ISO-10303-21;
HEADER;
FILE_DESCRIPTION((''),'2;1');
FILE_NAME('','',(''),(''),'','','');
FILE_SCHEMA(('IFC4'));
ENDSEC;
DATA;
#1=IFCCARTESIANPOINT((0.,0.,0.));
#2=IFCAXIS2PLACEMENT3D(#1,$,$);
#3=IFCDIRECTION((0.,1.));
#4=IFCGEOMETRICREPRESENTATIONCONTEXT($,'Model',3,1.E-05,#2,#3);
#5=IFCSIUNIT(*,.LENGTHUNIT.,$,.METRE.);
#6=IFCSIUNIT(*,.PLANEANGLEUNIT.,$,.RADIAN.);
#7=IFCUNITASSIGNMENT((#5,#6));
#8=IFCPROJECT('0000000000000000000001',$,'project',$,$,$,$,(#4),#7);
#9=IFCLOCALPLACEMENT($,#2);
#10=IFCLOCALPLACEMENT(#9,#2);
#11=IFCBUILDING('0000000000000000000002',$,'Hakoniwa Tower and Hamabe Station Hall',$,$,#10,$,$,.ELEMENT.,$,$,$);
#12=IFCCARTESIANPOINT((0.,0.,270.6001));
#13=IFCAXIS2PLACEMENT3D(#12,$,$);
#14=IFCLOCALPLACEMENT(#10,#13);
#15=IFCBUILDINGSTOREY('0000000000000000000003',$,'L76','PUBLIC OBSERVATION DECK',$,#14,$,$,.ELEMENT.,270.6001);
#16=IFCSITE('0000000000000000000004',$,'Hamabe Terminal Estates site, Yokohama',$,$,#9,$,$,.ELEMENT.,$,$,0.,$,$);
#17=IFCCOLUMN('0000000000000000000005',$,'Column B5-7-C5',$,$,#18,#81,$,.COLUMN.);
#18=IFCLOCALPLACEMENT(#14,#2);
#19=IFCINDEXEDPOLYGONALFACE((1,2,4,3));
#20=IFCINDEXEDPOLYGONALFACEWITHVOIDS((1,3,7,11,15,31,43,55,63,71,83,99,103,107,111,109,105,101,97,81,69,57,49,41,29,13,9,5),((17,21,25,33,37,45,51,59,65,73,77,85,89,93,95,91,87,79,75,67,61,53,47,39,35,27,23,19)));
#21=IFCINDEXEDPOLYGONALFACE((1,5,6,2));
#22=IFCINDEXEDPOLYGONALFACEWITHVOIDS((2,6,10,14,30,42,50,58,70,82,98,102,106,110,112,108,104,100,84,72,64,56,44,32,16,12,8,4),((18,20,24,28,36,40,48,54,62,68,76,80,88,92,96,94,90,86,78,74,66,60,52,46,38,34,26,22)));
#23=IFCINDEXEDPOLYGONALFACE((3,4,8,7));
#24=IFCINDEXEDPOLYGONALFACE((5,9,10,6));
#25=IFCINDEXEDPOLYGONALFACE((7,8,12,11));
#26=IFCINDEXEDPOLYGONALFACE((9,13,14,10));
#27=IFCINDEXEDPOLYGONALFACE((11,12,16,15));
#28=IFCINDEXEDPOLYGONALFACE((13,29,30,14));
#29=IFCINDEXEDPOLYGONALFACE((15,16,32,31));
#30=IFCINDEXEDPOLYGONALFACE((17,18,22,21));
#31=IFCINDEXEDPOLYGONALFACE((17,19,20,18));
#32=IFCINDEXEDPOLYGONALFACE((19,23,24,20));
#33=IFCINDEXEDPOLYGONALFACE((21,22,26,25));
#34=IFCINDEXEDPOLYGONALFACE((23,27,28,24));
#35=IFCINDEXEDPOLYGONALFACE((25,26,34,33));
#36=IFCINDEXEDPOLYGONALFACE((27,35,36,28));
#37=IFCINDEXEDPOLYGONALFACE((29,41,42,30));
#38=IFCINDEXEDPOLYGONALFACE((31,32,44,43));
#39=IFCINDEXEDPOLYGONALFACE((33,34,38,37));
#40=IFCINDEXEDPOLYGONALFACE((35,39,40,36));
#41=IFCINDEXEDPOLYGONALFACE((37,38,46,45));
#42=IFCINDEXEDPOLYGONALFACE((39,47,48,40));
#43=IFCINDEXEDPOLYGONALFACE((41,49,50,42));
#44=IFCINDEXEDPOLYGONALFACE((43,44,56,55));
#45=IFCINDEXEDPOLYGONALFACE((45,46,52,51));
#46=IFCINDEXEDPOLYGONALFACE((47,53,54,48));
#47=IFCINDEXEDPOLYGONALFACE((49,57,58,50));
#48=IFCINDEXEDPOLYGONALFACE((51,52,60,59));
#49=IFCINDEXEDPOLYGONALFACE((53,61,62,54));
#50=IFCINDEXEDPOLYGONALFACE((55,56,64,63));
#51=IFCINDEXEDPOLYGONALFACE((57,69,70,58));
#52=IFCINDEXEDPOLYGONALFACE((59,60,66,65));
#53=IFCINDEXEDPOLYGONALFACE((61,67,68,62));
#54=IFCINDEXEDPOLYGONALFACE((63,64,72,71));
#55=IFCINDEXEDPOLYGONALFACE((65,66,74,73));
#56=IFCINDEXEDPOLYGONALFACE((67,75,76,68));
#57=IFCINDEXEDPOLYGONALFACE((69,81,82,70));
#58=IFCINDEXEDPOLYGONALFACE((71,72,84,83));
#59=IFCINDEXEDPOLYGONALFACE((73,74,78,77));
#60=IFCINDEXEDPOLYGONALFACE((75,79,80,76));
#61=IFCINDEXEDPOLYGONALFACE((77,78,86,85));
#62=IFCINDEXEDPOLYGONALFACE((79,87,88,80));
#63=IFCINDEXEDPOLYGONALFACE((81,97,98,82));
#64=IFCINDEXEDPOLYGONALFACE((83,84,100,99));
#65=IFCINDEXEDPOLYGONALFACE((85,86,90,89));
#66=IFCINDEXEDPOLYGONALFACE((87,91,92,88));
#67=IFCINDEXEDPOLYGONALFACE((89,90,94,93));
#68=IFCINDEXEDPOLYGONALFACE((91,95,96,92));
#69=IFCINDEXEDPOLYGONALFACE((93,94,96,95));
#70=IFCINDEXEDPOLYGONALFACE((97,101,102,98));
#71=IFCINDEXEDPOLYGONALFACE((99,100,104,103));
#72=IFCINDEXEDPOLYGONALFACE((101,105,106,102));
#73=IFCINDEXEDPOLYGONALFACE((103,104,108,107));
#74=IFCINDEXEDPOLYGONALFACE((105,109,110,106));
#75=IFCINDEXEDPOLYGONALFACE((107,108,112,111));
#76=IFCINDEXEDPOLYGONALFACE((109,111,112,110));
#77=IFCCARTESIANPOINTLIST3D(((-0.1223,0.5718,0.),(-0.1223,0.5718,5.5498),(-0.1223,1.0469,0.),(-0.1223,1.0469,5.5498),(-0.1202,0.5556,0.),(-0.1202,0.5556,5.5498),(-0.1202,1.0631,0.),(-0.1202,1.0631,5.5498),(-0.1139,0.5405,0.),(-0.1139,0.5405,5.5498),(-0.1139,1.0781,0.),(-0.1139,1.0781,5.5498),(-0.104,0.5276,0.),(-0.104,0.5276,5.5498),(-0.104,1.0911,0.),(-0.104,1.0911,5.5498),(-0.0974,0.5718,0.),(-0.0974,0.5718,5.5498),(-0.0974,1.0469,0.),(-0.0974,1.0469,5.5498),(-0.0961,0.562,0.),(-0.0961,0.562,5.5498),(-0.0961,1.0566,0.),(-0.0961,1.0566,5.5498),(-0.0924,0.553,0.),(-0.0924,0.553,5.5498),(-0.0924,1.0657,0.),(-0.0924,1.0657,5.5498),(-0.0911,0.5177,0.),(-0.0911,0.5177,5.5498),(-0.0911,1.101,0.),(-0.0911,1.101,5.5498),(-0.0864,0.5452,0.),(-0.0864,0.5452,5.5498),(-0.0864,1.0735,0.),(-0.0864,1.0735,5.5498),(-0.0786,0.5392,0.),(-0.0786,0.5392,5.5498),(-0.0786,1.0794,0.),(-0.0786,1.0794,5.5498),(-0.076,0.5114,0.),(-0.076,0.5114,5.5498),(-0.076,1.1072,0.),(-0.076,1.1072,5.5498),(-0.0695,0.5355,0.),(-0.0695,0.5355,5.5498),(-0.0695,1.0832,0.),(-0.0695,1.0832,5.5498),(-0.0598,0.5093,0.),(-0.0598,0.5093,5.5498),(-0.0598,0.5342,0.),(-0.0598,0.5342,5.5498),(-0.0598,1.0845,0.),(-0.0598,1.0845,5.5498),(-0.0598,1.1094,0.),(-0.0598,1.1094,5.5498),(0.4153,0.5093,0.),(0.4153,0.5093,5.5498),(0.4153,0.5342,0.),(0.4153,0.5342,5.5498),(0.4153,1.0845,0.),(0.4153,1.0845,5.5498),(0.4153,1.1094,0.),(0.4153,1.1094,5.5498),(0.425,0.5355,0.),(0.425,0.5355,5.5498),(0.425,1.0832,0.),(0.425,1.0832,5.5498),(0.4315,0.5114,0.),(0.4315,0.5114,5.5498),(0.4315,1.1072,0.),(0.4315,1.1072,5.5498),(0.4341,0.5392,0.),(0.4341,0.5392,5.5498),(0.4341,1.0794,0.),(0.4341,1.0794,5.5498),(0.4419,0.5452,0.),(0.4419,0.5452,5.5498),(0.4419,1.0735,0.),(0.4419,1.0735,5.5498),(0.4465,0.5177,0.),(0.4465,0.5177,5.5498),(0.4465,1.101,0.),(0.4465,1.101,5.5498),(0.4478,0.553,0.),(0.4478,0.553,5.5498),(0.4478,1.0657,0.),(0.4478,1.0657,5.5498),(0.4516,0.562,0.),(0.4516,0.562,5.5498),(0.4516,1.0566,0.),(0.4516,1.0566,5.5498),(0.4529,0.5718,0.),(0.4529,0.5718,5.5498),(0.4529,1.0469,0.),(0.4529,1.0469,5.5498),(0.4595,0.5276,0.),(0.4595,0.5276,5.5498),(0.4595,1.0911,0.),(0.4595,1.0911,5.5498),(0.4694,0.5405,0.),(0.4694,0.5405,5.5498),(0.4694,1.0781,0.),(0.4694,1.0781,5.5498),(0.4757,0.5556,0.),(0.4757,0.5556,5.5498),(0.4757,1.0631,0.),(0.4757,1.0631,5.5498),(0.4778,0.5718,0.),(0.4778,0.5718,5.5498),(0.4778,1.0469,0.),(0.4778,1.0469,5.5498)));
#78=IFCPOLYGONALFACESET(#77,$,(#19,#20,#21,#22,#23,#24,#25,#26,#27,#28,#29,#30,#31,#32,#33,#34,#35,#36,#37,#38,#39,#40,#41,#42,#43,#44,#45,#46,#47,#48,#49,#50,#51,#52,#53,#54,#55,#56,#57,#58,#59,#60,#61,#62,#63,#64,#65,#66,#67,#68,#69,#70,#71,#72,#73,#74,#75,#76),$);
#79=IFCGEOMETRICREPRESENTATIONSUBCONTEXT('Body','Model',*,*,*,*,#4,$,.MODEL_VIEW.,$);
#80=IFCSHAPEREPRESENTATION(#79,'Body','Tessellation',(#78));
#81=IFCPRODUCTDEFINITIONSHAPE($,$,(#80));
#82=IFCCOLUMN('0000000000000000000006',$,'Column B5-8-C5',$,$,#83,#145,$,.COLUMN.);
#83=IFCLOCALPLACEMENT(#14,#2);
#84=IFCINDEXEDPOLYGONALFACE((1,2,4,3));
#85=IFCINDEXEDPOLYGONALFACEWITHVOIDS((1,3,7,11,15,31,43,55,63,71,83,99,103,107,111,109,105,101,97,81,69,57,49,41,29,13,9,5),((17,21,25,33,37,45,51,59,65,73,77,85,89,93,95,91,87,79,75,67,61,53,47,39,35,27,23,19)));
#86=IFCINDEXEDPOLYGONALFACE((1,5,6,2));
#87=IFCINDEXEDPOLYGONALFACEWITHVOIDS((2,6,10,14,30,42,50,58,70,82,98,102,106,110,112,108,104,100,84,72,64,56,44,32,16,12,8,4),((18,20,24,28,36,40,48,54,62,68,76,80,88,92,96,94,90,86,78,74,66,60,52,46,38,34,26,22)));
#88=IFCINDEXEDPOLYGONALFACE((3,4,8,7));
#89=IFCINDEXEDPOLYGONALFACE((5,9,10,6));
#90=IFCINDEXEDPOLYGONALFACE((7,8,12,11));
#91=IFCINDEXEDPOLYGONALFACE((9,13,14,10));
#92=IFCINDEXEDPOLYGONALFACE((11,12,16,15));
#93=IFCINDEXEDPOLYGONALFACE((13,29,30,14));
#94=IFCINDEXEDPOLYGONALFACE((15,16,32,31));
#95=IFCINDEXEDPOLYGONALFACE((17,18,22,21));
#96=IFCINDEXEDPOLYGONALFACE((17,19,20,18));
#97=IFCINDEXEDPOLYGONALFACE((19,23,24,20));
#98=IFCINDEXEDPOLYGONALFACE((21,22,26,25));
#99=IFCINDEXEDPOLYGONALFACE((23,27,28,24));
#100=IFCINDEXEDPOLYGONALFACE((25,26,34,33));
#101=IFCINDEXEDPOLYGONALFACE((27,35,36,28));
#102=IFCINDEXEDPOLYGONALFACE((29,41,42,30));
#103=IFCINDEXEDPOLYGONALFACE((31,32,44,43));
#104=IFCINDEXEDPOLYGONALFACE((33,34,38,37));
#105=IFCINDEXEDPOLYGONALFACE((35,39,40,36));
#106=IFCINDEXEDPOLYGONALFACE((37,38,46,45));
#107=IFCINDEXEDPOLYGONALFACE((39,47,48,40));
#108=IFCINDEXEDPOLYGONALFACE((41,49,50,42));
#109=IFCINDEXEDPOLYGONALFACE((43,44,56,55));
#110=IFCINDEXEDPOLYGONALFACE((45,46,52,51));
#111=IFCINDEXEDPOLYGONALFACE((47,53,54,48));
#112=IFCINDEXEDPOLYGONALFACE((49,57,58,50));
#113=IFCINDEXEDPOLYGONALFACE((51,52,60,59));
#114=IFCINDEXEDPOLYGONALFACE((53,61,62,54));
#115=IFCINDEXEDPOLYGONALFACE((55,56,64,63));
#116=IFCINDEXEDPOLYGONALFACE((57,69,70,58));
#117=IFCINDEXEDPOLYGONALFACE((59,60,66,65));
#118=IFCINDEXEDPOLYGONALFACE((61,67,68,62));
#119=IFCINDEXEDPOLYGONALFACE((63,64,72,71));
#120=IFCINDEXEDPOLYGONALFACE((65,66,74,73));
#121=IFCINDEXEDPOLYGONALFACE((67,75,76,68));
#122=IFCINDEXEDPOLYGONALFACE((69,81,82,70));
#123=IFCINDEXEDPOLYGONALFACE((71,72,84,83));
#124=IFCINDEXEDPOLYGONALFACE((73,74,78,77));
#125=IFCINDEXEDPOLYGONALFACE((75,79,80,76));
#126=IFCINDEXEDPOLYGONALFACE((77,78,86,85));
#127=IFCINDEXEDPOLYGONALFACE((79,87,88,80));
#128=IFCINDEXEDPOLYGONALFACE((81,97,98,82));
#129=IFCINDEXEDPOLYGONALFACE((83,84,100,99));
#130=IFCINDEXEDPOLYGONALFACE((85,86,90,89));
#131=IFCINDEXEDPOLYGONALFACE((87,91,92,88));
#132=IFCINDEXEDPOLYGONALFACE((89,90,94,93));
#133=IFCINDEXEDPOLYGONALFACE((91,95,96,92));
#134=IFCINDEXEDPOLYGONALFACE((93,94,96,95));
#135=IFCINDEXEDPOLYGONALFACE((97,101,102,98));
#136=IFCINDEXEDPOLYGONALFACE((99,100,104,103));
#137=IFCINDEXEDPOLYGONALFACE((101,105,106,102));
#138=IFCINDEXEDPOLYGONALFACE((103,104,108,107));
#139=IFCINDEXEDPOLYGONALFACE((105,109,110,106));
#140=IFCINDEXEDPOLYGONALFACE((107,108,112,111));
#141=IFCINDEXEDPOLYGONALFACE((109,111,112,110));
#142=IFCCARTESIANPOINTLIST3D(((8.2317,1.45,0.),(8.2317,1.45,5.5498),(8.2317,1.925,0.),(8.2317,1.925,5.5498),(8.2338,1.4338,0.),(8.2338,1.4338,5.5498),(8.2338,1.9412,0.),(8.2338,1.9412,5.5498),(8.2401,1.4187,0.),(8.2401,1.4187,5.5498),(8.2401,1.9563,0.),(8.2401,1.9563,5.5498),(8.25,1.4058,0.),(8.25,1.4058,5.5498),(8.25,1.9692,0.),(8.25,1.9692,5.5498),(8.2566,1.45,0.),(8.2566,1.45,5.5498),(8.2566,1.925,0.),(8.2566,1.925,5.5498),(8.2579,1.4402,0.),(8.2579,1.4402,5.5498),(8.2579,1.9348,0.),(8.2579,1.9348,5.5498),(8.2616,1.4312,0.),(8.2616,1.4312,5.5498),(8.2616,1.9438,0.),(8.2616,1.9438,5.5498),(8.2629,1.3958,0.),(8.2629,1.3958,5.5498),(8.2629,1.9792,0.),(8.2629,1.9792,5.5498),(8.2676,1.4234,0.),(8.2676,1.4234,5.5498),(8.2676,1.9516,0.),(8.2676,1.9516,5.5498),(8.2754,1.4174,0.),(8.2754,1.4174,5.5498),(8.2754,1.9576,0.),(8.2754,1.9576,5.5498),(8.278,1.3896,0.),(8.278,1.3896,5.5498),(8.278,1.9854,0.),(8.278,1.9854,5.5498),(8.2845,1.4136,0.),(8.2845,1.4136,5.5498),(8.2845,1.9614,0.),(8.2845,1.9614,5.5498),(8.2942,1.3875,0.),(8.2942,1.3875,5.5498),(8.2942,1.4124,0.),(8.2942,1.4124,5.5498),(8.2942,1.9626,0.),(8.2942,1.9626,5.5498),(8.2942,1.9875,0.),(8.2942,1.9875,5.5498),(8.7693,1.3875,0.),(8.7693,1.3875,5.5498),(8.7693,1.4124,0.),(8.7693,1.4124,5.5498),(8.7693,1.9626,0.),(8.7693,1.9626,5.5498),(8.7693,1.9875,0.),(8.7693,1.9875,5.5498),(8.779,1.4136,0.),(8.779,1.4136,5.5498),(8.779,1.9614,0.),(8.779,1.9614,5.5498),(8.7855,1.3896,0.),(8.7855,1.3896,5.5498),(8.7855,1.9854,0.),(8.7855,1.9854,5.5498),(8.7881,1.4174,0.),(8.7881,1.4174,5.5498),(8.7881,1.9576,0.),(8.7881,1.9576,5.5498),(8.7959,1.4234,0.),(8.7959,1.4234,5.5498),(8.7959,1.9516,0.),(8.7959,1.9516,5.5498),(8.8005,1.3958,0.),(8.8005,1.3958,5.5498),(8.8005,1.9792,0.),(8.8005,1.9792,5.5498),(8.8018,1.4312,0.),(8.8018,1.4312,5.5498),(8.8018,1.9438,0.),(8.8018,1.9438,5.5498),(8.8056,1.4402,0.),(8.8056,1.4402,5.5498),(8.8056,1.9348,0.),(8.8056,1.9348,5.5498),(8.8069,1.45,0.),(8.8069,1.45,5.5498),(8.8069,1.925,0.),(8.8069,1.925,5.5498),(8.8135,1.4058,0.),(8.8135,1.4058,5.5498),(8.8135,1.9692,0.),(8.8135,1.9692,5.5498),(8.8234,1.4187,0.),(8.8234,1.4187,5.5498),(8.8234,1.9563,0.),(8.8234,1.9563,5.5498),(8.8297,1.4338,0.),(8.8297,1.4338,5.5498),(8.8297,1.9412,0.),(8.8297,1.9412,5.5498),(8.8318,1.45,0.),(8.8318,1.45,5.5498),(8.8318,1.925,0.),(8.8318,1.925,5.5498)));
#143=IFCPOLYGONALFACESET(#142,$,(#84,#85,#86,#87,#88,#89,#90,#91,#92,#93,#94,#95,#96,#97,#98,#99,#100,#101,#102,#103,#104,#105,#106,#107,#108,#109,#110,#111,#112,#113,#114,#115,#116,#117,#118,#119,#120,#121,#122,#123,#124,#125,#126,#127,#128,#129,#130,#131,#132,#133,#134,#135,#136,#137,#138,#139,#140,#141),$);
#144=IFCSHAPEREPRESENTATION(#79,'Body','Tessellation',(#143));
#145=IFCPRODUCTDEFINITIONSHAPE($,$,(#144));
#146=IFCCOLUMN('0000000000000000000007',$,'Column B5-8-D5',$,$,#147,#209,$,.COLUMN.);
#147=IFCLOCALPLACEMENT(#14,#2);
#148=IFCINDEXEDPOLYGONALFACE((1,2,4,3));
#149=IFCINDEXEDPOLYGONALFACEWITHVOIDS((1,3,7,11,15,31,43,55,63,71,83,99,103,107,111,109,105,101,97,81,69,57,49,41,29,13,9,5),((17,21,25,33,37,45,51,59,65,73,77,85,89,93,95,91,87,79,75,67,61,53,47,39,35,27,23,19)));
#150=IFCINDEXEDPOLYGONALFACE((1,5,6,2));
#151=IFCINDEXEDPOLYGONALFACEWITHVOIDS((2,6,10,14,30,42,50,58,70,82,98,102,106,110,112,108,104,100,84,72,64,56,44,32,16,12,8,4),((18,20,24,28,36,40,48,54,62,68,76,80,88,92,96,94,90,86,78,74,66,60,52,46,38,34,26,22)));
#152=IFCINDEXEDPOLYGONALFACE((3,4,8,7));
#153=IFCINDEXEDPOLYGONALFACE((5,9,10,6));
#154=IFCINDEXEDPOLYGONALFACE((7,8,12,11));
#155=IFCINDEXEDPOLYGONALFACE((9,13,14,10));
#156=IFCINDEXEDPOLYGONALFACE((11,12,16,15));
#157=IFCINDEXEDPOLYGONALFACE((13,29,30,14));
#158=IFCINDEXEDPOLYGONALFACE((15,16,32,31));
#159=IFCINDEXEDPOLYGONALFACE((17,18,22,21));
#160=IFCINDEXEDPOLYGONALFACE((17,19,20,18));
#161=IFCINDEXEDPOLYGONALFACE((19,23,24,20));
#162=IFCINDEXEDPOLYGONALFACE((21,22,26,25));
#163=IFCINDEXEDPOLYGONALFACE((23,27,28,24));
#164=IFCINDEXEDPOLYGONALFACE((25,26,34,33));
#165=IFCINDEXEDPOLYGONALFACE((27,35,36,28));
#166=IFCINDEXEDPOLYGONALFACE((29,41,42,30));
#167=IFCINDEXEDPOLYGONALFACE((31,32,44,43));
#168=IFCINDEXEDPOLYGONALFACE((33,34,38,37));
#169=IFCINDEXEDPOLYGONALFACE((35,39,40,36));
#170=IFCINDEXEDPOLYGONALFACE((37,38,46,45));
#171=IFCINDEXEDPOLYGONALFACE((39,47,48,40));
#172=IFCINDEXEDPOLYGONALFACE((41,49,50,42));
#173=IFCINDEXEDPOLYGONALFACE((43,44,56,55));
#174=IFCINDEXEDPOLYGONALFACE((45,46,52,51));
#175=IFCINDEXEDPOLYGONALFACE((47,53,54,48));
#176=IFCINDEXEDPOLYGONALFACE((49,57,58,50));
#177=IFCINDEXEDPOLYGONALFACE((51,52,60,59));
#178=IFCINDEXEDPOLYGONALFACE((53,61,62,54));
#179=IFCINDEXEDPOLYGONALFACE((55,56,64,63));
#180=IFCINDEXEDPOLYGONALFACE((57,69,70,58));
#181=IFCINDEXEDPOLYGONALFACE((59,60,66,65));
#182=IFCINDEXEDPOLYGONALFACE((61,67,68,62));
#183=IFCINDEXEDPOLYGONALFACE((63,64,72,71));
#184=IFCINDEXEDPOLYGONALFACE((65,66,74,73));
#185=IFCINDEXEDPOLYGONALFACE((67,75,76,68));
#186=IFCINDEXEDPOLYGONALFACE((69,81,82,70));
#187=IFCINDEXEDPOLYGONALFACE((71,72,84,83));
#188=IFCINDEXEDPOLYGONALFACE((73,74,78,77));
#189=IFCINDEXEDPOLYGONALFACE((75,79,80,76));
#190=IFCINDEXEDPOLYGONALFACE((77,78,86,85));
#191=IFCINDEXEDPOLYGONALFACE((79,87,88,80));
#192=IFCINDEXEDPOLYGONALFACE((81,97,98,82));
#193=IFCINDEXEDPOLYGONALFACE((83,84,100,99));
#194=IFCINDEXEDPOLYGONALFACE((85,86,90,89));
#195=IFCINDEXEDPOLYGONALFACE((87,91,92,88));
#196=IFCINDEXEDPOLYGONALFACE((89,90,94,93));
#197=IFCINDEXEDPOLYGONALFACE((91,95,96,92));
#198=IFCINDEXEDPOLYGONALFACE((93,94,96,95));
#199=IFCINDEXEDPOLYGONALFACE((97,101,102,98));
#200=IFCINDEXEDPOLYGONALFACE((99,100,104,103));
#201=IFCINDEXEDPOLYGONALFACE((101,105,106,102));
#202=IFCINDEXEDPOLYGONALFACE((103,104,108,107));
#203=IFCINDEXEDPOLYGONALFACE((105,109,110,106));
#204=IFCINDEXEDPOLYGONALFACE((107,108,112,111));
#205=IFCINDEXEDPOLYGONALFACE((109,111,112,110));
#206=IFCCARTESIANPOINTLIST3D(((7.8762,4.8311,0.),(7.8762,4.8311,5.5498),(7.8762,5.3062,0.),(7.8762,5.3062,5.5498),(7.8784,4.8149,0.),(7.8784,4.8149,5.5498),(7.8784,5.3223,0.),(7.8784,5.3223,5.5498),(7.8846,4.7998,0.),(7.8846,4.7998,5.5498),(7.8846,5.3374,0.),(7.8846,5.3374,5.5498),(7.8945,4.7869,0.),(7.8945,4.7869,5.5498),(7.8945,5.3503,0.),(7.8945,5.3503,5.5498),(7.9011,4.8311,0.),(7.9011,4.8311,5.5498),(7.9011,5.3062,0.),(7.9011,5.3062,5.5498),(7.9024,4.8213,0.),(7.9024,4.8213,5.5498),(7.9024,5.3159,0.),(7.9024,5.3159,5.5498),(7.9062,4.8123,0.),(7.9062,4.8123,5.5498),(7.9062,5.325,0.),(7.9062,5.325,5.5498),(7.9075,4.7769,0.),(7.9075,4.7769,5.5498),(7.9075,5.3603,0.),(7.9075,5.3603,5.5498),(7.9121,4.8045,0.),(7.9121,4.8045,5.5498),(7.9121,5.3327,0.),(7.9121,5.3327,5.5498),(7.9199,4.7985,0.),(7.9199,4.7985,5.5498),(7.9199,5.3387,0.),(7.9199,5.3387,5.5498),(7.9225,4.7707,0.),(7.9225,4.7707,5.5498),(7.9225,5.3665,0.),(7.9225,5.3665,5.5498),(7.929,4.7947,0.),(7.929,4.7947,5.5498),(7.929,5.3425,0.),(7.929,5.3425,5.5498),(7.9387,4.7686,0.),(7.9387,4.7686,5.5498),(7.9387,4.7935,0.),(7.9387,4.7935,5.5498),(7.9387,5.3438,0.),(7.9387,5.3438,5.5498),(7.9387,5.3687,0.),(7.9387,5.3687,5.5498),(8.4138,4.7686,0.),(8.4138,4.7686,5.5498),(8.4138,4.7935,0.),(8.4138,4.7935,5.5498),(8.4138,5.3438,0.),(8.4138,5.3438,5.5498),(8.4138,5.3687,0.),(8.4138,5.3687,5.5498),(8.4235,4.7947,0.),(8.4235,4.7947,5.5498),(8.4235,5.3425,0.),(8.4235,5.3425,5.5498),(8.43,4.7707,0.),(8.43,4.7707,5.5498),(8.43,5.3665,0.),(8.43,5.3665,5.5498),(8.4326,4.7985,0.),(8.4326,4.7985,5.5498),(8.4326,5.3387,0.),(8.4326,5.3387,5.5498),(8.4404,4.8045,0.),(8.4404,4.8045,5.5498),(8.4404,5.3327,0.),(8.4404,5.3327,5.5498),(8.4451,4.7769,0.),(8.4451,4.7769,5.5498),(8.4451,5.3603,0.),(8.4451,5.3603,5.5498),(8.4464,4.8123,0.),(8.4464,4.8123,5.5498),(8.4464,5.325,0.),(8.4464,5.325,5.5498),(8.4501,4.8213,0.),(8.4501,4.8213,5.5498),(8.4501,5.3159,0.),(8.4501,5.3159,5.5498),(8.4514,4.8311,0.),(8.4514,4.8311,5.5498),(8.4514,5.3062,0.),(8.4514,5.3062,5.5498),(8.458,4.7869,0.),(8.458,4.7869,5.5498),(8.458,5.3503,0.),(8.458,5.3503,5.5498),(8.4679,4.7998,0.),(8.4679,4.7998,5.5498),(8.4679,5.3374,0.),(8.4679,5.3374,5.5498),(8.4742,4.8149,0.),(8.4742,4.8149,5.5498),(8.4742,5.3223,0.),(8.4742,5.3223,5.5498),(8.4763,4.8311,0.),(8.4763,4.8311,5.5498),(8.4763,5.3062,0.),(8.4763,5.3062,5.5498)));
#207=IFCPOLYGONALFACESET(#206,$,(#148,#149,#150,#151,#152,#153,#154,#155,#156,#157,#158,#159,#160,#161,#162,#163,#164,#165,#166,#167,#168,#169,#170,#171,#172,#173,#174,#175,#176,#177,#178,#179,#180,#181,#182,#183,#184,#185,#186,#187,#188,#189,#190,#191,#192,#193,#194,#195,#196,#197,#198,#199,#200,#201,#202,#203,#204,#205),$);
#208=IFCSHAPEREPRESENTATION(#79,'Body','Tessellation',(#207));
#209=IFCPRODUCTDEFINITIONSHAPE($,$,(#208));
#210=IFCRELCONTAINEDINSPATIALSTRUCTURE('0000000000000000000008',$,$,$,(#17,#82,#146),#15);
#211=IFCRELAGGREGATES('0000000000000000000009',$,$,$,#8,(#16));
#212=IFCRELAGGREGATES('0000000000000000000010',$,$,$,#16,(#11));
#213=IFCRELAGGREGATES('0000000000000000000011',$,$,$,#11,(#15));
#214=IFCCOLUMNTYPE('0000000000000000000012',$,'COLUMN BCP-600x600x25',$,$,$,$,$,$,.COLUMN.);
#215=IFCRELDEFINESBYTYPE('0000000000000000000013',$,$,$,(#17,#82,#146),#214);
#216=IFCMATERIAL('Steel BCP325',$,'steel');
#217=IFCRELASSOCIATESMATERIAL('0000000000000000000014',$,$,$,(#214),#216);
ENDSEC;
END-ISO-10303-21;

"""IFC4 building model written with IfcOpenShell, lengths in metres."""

from ifc_helpers import new_model, si_unit, direction, frame, origin, origin_2d, place, context, subcontext, project, spatial, hollow_rectangle, extrude, material, material_profile, profile_set, type_object, element, save


model = new_model("IFC4")

# Units and contexts
model_context = context("Model", 3, precision=1e-05, world=origin(), true_north=direction((0.0, 1.0)))
body_context = subcontext(model_context, "Body", "Model", "MODEL_VIEW")
ifc_project = project(units=[si_unit("LENGTHUNIT", "METRE"), si_unit("PLANEANGLEUNIT", "RADIAN")], contexts=[model_context])

# Site, building, storey
site_placement = place(None, origin())
site = spatial("IfcSite", under=ifc_project, at=site_placement, Name="Hamabe Terminal Estates site, Yokohama", CompositionType="ELEMENT", RefElevation=0.0)
building_placement = place(site_placement, origin())
building = spatial("IfcBuilding", under=site, at=building_placement, Name="Hakoniwa Tower and Hamabe Station Hall", CompositionType="ELEMENT")
storey_placement = place(building_placement, frame((0.0, 0.0, 270.6001)))
storey = spatial("IfcBuildingStorey", under=building, at=storey_placement, Name="L76", Description="PUBLIC OBSERVATION DECK", CompositionType="ELEMENT", Elevation=270.6001)

# Columns
ifc_material_1 = material(Name="Steel BCP325", Category="steel")
ifc_material_profile = material_profile(ifc_material_1, hollow_rectangle(XDim=0.6001, YDim=0.6001, WallThickness=0.0249, InnerFilletRadius=0.0376, OuterFilletRadius=0.0625, at=origin_2d()), Name="BCP-600x600x25")
ifc_profile_set = profile_set([ifc_material_profile], Name="Steel BCP325")
column_type = type_object("IfcColumnType", Name="COLUMN BCP-600x600x25", PredefinedType="COLUMN", material=ifc_profile_set)
for number, where, z_axis, x_axis, name in (
    (1, (0.1777, 0.8093, 0.0), (0.0, 0.0, 1.0), (1.0, 0.0, 0.0), "Column B5-7-C5"),
    (2, (8.5317, 1.6875, 0.0), (0.0, 0.0, 1.0), (1.0, 0.0, 0.0), "Column B5-8-C5"),
    (3, (8.1763, 5.0686, 0.0), (0.0, 0.0, 1.0), (1.0, 0.0, 0.0), "Column B5-8-D5"),
):
    element("IfcColumn", number, at=place(storey_placement, frame(where, z_axis=z_axis, x_axis=x_axis)), inside=storey, type_object=column_type, Name=name, PredefinedType="COLUMN", context=body_context, shape_type="SweptSolid", body=[
        extrude(hollow_rectangle(XDim=0.6001, YDim=0.6001, WallThickness=0.0249, InnerFilletRadius=0.0376, OuterFilletRadius=0.0625, at=origin_2d()), origin(), (0.0, 0.0, 1.0), 5.5498),
    ])

save(model, "model.ifc")
